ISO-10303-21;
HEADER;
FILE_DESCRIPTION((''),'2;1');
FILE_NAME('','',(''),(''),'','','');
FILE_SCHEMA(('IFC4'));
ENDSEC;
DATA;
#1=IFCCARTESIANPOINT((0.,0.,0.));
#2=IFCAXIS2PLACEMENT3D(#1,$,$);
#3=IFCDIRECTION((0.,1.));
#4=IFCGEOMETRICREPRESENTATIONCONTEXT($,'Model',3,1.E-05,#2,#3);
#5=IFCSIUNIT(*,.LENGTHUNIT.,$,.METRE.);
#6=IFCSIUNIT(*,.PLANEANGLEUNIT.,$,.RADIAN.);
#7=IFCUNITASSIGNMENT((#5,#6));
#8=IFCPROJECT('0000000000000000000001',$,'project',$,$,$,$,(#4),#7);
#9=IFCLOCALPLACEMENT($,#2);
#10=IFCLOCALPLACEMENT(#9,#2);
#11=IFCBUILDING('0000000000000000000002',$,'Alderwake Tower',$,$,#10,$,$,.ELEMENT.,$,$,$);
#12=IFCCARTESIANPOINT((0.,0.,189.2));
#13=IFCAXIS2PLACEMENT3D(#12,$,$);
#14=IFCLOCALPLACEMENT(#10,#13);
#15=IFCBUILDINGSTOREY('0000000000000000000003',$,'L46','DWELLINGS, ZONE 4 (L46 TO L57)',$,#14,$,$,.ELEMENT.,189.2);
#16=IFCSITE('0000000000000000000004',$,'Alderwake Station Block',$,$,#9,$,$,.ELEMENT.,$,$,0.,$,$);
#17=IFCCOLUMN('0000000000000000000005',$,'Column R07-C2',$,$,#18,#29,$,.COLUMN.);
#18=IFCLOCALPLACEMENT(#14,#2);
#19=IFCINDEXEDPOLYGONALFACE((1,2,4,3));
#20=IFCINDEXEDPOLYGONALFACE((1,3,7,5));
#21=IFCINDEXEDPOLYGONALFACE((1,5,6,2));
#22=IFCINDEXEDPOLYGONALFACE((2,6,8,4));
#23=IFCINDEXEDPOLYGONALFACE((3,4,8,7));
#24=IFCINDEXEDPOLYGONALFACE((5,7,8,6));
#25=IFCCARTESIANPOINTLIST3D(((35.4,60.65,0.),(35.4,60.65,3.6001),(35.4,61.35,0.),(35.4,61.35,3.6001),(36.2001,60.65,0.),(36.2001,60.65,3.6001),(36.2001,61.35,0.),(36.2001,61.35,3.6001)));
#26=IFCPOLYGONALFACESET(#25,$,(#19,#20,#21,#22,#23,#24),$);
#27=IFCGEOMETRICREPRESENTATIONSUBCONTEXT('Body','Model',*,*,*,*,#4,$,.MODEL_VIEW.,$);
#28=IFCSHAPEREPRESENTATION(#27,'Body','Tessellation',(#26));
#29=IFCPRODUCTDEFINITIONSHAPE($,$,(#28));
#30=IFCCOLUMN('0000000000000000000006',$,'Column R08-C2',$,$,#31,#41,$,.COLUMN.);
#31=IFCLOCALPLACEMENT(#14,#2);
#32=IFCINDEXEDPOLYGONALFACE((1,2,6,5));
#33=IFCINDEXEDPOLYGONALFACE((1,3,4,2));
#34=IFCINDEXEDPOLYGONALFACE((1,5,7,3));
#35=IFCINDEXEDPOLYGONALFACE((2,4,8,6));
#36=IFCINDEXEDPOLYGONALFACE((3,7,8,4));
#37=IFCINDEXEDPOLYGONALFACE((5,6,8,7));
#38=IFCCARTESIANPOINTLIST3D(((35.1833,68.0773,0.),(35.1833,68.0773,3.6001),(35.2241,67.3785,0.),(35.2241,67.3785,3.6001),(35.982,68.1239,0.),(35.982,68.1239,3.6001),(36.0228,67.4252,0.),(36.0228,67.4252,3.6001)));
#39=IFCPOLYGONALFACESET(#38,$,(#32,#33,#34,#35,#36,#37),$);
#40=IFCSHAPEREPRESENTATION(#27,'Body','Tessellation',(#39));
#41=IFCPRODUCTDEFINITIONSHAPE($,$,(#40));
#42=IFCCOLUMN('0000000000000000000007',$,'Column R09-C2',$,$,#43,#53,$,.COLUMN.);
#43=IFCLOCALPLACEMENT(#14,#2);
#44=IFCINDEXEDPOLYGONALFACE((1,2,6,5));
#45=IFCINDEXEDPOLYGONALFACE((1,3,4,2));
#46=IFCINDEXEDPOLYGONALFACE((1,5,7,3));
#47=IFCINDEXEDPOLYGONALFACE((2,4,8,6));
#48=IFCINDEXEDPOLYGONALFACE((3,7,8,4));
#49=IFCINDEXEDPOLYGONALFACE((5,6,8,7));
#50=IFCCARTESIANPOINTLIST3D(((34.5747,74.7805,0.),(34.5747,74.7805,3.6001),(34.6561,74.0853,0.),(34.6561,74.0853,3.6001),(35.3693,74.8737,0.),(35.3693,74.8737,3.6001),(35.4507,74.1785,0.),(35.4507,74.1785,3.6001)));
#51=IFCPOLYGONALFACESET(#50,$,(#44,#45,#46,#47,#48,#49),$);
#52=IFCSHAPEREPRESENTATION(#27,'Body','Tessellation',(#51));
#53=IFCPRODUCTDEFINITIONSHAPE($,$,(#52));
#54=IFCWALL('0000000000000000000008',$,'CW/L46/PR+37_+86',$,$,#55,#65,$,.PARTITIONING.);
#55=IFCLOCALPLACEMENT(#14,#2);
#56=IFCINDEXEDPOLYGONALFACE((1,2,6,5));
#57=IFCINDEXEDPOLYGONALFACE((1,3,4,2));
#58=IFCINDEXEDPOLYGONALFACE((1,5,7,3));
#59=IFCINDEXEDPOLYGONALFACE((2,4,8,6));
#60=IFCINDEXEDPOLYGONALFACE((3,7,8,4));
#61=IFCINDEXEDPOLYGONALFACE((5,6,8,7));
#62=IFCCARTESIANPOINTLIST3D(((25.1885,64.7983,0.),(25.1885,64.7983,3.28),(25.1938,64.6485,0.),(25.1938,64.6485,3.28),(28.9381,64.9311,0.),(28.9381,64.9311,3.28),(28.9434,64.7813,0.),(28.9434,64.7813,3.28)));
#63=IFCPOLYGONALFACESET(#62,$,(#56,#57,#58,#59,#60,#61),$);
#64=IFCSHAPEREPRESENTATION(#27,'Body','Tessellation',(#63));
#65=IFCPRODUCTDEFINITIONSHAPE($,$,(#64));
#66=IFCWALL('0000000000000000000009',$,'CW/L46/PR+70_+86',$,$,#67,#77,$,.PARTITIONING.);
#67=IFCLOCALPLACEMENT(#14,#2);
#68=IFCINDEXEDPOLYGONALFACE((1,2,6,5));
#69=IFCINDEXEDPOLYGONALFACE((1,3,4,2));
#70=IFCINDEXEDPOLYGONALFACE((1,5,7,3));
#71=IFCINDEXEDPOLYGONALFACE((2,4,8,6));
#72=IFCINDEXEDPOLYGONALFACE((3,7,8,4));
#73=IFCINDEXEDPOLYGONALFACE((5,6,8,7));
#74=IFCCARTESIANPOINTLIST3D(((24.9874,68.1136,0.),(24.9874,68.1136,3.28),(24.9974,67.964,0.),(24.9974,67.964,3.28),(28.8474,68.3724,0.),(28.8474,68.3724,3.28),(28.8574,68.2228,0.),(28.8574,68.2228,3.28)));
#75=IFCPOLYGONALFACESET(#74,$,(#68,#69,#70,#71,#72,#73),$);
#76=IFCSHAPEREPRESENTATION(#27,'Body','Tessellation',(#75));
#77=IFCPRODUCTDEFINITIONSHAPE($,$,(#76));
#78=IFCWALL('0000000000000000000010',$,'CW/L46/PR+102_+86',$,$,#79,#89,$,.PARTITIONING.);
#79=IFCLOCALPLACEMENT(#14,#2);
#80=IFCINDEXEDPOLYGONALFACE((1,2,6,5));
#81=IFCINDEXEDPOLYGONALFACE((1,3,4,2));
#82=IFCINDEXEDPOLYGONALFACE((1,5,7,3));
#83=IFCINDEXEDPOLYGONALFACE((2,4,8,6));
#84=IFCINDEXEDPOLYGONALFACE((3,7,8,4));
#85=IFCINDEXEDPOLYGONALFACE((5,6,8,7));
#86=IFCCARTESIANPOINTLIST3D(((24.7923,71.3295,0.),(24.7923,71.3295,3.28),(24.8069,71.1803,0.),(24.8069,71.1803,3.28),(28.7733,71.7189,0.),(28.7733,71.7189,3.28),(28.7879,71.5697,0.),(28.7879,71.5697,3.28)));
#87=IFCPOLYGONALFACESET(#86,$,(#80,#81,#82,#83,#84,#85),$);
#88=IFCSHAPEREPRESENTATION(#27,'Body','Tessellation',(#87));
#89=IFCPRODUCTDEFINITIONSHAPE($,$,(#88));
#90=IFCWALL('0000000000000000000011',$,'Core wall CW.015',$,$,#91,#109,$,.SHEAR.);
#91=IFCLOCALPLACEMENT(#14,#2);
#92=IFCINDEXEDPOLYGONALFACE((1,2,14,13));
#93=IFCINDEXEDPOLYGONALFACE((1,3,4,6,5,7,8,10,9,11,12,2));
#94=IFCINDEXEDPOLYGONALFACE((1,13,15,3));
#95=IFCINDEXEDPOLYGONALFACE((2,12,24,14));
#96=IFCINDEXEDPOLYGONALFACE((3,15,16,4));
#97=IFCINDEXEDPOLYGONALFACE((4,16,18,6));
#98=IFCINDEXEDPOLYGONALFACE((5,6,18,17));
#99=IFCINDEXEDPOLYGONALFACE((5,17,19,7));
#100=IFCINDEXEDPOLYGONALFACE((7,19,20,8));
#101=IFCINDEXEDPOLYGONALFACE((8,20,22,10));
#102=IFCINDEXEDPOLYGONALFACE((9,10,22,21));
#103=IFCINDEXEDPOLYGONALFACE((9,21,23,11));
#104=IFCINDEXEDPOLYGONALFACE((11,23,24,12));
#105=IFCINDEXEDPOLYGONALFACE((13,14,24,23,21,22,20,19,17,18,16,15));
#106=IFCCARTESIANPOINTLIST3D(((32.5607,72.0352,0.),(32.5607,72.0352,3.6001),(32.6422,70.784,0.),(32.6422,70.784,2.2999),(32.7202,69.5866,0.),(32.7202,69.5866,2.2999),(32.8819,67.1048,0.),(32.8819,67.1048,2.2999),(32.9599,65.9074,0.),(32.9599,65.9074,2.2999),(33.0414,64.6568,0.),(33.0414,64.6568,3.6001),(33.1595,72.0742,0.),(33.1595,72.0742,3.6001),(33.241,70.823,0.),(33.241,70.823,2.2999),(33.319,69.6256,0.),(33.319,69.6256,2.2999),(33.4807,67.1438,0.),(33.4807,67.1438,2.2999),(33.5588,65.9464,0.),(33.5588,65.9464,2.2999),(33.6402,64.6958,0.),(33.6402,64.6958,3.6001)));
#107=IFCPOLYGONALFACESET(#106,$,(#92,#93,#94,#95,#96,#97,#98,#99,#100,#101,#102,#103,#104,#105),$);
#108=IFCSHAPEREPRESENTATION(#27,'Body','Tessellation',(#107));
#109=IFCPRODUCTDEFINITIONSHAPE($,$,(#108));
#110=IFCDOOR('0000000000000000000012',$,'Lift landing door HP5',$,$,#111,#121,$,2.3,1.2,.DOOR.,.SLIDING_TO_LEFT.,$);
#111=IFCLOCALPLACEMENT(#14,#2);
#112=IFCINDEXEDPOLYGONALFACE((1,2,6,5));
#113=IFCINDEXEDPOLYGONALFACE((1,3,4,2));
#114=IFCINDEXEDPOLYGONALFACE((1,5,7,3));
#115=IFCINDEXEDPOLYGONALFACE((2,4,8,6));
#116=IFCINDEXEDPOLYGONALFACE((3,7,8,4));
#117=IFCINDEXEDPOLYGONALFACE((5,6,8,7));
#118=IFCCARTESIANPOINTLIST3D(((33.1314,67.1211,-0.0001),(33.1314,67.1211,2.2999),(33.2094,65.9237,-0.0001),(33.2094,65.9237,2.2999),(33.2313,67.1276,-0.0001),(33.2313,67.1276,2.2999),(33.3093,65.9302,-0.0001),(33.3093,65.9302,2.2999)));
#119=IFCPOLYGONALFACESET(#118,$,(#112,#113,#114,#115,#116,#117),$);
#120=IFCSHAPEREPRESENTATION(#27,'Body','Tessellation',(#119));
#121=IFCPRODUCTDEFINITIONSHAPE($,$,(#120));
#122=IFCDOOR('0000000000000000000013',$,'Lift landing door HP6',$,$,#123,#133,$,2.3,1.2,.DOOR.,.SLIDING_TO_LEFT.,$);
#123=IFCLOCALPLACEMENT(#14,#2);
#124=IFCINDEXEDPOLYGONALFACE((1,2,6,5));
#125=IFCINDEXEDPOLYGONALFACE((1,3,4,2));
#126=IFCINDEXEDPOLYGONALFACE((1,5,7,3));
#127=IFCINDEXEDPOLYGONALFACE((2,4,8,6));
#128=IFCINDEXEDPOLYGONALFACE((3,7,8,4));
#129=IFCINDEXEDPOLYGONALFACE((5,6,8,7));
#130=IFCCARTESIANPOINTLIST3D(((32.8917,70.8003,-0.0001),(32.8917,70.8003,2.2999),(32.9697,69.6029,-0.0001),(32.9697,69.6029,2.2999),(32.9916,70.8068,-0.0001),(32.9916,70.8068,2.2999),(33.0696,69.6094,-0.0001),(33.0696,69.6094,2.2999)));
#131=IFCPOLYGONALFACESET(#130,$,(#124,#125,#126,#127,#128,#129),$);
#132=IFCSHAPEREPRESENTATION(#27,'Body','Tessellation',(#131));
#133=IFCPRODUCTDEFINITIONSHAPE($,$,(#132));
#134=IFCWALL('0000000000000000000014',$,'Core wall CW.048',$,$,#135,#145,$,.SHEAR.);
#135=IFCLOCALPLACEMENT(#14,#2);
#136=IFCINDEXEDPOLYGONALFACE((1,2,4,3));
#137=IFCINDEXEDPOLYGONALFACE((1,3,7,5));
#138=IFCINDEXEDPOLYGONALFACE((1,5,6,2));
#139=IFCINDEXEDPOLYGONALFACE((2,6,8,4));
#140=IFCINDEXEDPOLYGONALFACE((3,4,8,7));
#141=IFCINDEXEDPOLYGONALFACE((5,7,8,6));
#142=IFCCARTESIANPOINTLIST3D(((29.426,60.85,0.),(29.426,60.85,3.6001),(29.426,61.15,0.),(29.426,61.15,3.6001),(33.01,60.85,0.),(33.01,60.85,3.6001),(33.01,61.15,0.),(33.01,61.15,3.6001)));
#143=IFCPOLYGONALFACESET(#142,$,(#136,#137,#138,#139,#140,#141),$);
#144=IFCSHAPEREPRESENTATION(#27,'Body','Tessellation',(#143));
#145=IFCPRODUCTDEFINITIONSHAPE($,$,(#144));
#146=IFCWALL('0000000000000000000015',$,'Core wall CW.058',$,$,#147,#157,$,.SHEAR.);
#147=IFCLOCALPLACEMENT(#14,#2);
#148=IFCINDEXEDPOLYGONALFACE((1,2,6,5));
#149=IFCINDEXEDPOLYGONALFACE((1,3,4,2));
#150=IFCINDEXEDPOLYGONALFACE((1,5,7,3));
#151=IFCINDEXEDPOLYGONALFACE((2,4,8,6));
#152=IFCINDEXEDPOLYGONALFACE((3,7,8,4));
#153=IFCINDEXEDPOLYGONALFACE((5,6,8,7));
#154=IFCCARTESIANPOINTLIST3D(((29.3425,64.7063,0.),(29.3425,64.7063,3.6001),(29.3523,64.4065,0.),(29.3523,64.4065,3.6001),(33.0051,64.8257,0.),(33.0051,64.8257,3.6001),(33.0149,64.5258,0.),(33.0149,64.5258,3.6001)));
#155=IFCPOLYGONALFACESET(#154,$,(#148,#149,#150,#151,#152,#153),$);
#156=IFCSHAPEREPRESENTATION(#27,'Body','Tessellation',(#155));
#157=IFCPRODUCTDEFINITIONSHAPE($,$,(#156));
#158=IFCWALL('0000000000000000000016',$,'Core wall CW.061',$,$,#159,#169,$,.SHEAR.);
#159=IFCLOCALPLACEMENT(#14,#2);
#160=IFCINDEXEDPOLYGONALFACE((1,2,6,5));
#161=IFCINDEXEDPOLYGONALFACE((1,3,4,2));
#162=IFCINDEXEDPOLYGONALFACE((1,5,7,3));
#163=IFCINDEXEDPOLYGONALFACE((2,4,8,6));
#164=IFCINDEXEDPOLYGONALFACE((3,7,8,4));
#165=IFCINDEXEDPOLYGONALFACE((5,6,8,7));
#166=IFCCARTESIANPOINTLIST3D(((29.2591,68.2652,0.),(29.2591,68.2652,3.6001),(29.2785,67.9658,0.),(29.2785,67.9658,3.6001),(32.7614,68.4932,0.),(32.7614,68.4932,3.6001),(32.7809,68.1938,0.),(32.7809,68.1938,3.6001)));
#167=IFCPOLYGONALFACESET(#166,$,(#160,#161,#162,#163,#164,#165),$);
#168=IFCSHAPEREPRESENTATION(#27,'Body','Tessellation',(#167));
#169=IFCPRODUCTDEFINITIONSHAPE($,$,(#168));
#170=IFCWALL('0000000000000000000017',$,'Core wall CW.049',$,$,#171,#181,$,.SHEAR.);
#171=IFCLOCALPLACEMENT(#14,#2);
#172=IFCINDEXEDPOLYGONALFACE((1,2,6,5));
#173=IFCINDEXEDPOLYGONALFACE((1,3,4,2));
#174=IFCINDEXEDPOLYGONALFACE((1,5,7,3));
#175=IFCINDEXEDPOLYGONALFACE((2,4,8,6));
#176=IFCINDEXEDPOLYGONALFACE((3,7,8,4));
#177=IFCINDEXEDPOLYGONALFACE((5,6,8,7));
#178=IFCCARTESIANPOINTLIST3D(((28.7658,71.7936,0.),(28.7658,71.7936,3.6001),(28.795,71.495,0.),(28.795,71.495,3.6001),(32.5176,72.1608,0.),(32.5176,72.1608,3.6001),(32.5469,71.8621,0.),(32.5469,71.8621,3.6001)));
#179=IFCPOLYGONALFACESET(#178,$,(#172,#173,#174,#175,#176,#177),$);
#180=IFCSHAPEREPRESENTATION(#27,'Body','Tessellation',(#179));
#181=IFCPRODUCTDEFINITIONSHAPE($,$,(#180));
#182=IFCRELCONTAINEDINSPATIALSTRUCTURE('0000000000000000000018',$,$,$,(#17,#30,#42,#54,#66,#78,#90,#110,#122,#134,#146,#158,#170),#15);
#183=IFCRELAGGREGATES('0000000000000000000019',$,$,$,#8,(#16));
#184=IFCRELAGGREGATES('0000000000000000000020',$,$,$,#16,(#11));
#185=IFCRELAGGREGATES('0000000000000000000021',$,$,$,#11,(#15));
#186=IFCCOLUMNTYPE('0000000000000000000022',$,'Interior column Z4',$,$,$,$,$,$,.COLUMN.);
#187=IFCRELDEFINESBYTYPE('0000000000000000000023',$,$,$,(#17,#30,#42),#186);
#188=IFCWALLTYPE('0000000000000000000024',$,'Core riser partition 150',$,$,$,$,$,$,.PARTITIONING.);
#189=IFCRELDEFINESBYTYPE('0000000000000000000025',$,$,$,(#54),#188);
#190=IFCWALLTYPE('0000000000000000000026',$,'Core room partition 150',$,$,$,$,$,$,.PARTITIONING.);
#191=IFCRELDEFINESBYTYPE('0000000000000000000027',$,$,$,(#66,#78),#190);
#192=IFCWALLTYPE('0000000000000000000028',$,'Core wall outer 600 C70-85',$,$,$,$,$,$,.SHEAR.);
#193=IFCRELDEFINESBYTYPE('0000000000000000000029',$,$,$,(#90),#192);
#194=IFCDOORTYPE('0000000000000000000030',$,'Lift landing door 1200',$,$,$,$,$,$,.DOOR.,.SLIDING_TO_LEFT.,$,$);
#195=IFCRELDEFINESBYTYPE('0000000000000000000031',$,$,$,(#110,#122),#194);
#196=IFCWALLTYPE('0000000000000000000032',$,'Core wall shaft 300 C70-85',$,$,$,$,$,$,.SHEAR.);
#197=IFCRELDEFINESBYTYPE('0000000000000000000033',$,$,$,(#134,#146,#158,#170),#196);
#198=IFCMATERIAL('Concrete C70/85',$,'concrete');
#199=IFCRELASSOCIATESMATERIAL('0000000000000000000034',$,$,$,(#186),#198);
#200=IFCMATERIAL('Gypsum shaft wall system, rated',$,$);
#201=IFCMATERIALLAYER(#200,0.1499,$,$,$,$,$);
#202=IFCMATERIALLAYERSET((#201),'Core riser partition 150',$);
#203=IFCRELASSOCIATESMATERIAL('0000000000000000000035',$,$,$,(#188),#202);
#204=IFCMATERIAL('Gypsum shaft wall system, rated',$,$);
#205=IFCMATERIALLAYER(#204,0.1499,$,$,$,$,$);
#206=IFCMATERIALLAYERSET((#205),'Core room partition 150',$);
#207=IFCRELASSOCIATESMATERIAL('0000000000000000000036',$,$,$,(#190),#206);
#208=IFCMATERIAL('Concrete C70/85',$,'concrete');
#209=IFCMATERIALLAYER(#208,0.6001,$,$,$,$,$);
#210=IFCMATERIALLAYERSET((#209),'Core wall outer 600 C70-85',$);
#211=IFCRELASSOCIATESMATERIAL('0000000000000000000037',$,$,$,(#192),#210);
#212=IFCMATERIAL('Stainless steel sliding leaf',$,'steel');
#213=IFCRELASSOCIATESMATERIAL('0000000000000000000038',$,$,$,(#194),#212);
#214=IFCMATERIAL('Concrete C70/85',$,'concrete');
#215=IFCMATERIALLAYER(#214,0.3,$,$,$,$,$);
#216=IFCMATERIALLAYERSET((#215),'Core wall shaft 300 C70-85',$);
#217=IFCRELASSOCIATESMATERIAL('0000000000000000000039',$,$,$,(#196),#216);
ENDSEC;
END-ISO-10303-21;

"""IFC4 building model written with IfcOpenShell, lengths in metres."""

from ifc_helpers import new_model, si_unit, direction, frame, frame_2d, origin, origin_2d, place, context, subcontext, project, spatial, rectangle, extrude, material, layer, layer_set, material_profile, profile_set, type_object, element, fill, save


model = new_model("IFC4")

# Units and contexts
model_context = context("Model", 3, precision=1e-05, world=origin(), true_north=direction((0.0, 1.0)))
body_context = subcontext(model_context, "Body", "Model", "MODEL_VIEW")
ifc_project = project(units=[si_unit("LENGTHUNIT", "METRE"), si_unit("PLANEANGLEUNIT", "RADIAN")], contexts=[model_context])

# Site, building, storey
site_placement = place(None, origin())
site = spatial("IfcSite", under=ifc_project, at=site_placement, Name="Alderwake Station Block", CompositionType="ELEMENT", RefElevation=0.0)
building_placement = place(site_placement, origin())
building = spatial("IfcBuilding", under=site, at=building_placement, Name="Alderwake Tower", CompositionType="ELEMENT")
storey_placement = place(building_placement, frame((0.0, 0.0, 189.2)))
storey = spatial("IfcBuildingStorey", under=building, at=storey_placement, Name="L46", Description="DWELLINGS, ZONE 4 (L46 TO L57)", CompositionType="ELEMENT", Elevation=189.2)

# Columns
ifc_material_1 = material(Name="Concrete C70/85", Category="concrete")
ifc_material_profile = material_profile(ifc_material_1, rectangle(XDim=0.7, YDim=0.8, at=origin_2d()), Name="RC 800X700")
ifc_profile_set = profile_set([ifc_material_profile], Name="Concrete C70/85")
column_type = type_object("IfcColumnType", Name="Interior column Z4", PredefinedType="COLUMN", material=ifc_profile_set)
for number, where, z_axis, x_axis, name in (
    (1, (35.8, 61.0, 0.0), (0.0, 0.0, 1.0), (0.0, 1.0, 0.0), "Column R07-C2"),
    (2, (35.603, 67.7512, 0.0), (0.0, 0.0, 1.0), (-0.058301, 0.998299, 0.0), "Column R08-C2"),
    (3, (35.0127, 74.4795, 0.0), (0.0, 0.0, 1.0), (-0.116402, 0.993202, 0.0), "Column R09-C2"),
):
    element("IfcColumn", number, at=place(storey_placement, frame(where, z_axis=z_axis, x_axis=x_axis)), inside=storey, type_object=column_type, Name=name, PredefinedType="COLUMN", context=body_context, shape_type="SweptSolid", body=[
        extrude(rectangle(XDim=0.7, YDim=0.8, at=origin_2d()), origin(), (0.0, 0.0, 1.0), 3.6001),
    ])

# Walls
ifc_material_2 = material(Name="Gypsum shaft wall system, rated")
ifc_layer_1 = layer(ifc_material_2, 0.1499)
ifc_layer_set_1 = layer_set([ifc_layer_1], Name="Core riser partition 150")
wall_type_1 = type_object("IfcWallType", Name="Core riser partition 150", PredefinedType="PARTITIONING", material=ifc_layer_set_1)
wall_1_placement = place(storey_placement, frame((25.1912, 64.7234, 0.0), z_axis=(0.0, 0.0, 1.0), x_axis=(0.999373, 0.035399, 0.0)))
element("IfcWall", 4, at=wall_1_placement, inside=storey, type_object=wall_type_1, Name="CW/L46/PR+37_+86", PredefinedType="PARTITIONING", context=body_context, shape_type="SweptSolid", body=[
    extrude(rectangle(XDim=3.752, YDim=0.1499, at=frame_2d((1.876, 0.0))), origin(), (0.0, 0.0, 1.0), 3.28),
])
ifc_material_3 = material(Name="Gypsum shaft wall system, rated")
ifc_layer_2 = layer(ifc_material_3, 0.1499)
ifc_layer_set_2 = layer_set([ifc_layer_2], Name="Core room partition 150")
wall_type_2 = type_object("IfcWallType", Name="Core room partition 150", PredefinedType="PARTITIONING", material=ifc_layer_set_2)
wall_2_placement = place(storey_placement, frame((24.9924, 68.0388, 0.0), z_axis=(0.0, 0.0, 1.0), x_axis=(0.99776, 0.066892, 0.0)))
element("IfcWall", 5, at=wall_2_placement, inside=storey, type_object=wall_type_2, Name="CW/L46/PR+70_+86", PredefinedType="PARTITIONING", context=body_context, shape_type="SweptSolid", body=[
    extrude(rectangle(XDim=3.8687, YDim=0.1499, at=frame_2d((1.9343, 0.0))), origin(), (0.0, 0.0, 1.0), 3.28),
])
wall_3_placement = place(storey_placement, frame((24.7996, 71.2549, 0.0), z_axis=(0.0, 0.0, 1.0), x_axis=(0.99525, 0.097352, 0.0)))
element("IfcWall", 6, at=wall_3_placement, inside=storey, type_object=wall_type_2, Name="CW/L46/PR+102_+86", PredefinedType="PARTITIONING", context=body_context, shape_type="SweptSolid", body=[
    extrude(rectangle(XDim=4.0, YDim=0.1499, at=frame_2d((2.0, 0.0))), origin(), (0.0, 0.0, 1.0), 3.28),
])

# Wall, openings, doors
ifc_material_4 = material(Name="Concrete C70/85", Category="concrete")
ifc_layer_3 = layer(ifc_material_4, 0.6001)
ifc_layer_set_3 = layer_set([ifc_layer_3], Name="Core wall outer 600 C70-85")
wall_type_3 = type_object("IfcWallType", Name="Core wall outer 600 C70-85", PredefinedType="SHEAR", material=ifc_layer_set_3)
wall_4_placement = place(storey_placement, frame((33.3408, 64.6763, 0.0), z_axis=(0.0, 0.0, 1.0), x_axis=(-0.065013, 0.997884, 0.0)))
wall_4 = element("IfcWall", 7, at=wall_4_placement, inside=storey, type_object=wall_type_3, Name="Core wall CW.015", PredefinedType="SHEAR", context=body_context, shape_type="SweptSolid", body=[
    extrude(rectangle(XDim=7.394, YDim=0.6001, at=frame_2d((3.697, 0.0))), origin(), (0.0, 0.0, 1.0), 3.6001),
])
opening_1_placement = place(wall_4_placement, frame((1.2532, 0.0, 0.0)))
opening_1 = element("IfcOpeningElement", 8, at=opening_1_placement, cuts=wall_4, PredefinedType="OPENING", context=body_context, shape_type="SweptSolid", body=[
    extrude(rectangle(XDim=1.2, YDim=2.3, at=frame_2d((0.6001, 1.1499))), frame((0.0, 0.3101, 0.0), z_axis=(0.0, -1.0, 0.0), x_axis=(1.0, 0.0, 0.0)), (0.0, 0.0, 1.0), 0.6201),
])
opening_2_placement = place(wall_4_placement, frame((4.9402, 0.0, 0.0)))
opening_2 = element("IfcOpeningElement", 9, at=opening_2_placement, cuts=wall_4, PredefinedType="OPENING", context=body_context, shape_type="SweptSolid", body=[
    extrude(rectangle(XDim=1.2, YDim=2.3, at=frame_2d((0.6001, 1.1499))), frame((0.0, 0.3101, 0.0), z_axis=(0.0, -1.0, 0.0), x_axis=(1.0, 0.0, 0.0)), (0.0, 0.0, 1.0), 0.6201),
])
ifc_material_5 = material(Name="Stainless steel sliding leaf", Category="steel")
door_type_1 = type_object("IfcDoorType", Name="Lift landing door 1200", OperationType="SLIDING_TO_LEFT", PredefinedType="DOOR", material=ifc_material_5)
door_1_placement = place(opening_1_placement, origin())
door_1 = element("IfcDoor", 10, at=door_1_placement, inside=storey, type_object=door_type_1, Name="Lift landing door HP5", OperationType="SLIDING_TO_LEFT", OverallHeight=2.3, OverallWidth=1.2, PredefinedType="DOOR", context=body_context, shape_type="SweptSolid", body=[
    extrude(rectangle(XDim=1.2, YDim=2.3, at=frame_2d((0.6001, 1.1499))), frame((0.0, 0.05, 0.0), z_axis=(0.0, -1.0, 0.0), x_axis=(1.0, 0.0, 0.0)), (0.0, 0.0, 1.0), 0.1001),
])
fill(opening_1, door_1)
door_2_placement = place(opening_2_placement, origin())
door_2 = element("IfcDoor", 11, at=door_2_placement, inside=storey, type_object=door_type_1, Name="Lift landing door HP6", OperationType="SLIDING_TO_LEFT", OverallHeight=2.3, OverallWidth=1.2, PredefinedType="DOOR", context=body_context, shape_type="SweptSolid", body=[
    extrude(rectangle(XDim=1.2, YDim=2.3, at=frame_2d((0.6001, 1.1499))), frame((0.0, 0.05, 0.0), z_axis=(0.0, -1.0, 0.0), x_axis=(1.0, 0.0, 0.0)), (0.0, 0.0, 1.0), 0.1001),
])
fill(opening_2, door_2)

# Walls
ifc_material_6 = material(Name="Concrete C70/85", Category="concrete")
ifc_layer_4 = layer(ifc_material_6, 0.3)
ifc_layer_set_4 = layer_set([ifc_layer_4], Name="Core wall shaft 300 C70-85")
wall_type_4 = type_object("IfcWallType", Name="Core wall shaft 300 C70-85", PredefinedType="SHEAR", material=ifc_layer_set_4)
wall_5_placement = place(storey_placement, frame((29.426, 61.0, 0.0), z_axis=(0.0, 0.0, 1.0), x_axis=(1.0, 0.0, 0.0)))
element("IfcWall", 12, at=wall_5_placement, inside=storey, type_object=wall_type_4, Name="Core wall CW.048", PredefinedType="SHEAR", context=body_context, shape_type="SweptSolid", body=[
    extrude(rectangle(XDim=3.584, YDim=0.3, at=frame_2d((1.792, 0.0))), origin(), (0.0, 0.0, 1.0), 3.6001),
])
wall_6_placement = place(storey_placement, frame((29.3474, 64.5564, 0.0), z_axis=(0.0, 0.0, 1.0), x_axis=(0.999469, 0.032578, 0.0)))
element("IfcWall", 13, at=wall_6_placement, inside=storey, type_object=wall_type_4, Name="Core wall CW.058", PredefinedType="SHEAR", context=body_context, shape_type="SweptSolid", body=[
    extrude(rectangle(XDim=3.6646, YDim=0.3, at=frame_2d((1.8323, 0.0))), origin(), (0.0, 0.0, 1.0), 3.6001),
])
wall_7_placement = place(storey_placement, frame((29.2688, 68.1155, 0.0), z_axis=(0.0, 0.0, 1.0), x_axis=(0.997887, 0.064968, 0.0)))
element("IfcWall", 14, at=wall_7_placement, inside=storey, type_object=wall_type_4, Name="Core wall CW.061", PredefinedType="SHEAR", context=body_context, shape_type="SweptSolid", body=[
    extrude(rectangle(XDim=3.5098, YDim=0.3, at=frame_2d((1.7549, 0.0))), origin(), (0.0, 0.0, 1.0), 3.6001),
])
wall_8_placement = place(storey_placement, frame((28.7805, 71.6443, 0.0), z_axis=(0.0, 0.0, 1.0), x_axis=(0.995245, 0.0974, 0.0)))
element("IfcWall", 15, at=wall_8_placement, inside=storey, type_object=wall_type_4, Name="Core wall CW.049", PredefinedType="SHEAR", context=body_context, shape_type="SweptSolid", body=[
    extrude(rectangle(XDim=3.7698, YDim=0.3, at=frame_2d((1.8848, 0.0))), origin(), (0.0, 0.0, 1.0), 3.6001),
])

save(model, "model.ifc")
